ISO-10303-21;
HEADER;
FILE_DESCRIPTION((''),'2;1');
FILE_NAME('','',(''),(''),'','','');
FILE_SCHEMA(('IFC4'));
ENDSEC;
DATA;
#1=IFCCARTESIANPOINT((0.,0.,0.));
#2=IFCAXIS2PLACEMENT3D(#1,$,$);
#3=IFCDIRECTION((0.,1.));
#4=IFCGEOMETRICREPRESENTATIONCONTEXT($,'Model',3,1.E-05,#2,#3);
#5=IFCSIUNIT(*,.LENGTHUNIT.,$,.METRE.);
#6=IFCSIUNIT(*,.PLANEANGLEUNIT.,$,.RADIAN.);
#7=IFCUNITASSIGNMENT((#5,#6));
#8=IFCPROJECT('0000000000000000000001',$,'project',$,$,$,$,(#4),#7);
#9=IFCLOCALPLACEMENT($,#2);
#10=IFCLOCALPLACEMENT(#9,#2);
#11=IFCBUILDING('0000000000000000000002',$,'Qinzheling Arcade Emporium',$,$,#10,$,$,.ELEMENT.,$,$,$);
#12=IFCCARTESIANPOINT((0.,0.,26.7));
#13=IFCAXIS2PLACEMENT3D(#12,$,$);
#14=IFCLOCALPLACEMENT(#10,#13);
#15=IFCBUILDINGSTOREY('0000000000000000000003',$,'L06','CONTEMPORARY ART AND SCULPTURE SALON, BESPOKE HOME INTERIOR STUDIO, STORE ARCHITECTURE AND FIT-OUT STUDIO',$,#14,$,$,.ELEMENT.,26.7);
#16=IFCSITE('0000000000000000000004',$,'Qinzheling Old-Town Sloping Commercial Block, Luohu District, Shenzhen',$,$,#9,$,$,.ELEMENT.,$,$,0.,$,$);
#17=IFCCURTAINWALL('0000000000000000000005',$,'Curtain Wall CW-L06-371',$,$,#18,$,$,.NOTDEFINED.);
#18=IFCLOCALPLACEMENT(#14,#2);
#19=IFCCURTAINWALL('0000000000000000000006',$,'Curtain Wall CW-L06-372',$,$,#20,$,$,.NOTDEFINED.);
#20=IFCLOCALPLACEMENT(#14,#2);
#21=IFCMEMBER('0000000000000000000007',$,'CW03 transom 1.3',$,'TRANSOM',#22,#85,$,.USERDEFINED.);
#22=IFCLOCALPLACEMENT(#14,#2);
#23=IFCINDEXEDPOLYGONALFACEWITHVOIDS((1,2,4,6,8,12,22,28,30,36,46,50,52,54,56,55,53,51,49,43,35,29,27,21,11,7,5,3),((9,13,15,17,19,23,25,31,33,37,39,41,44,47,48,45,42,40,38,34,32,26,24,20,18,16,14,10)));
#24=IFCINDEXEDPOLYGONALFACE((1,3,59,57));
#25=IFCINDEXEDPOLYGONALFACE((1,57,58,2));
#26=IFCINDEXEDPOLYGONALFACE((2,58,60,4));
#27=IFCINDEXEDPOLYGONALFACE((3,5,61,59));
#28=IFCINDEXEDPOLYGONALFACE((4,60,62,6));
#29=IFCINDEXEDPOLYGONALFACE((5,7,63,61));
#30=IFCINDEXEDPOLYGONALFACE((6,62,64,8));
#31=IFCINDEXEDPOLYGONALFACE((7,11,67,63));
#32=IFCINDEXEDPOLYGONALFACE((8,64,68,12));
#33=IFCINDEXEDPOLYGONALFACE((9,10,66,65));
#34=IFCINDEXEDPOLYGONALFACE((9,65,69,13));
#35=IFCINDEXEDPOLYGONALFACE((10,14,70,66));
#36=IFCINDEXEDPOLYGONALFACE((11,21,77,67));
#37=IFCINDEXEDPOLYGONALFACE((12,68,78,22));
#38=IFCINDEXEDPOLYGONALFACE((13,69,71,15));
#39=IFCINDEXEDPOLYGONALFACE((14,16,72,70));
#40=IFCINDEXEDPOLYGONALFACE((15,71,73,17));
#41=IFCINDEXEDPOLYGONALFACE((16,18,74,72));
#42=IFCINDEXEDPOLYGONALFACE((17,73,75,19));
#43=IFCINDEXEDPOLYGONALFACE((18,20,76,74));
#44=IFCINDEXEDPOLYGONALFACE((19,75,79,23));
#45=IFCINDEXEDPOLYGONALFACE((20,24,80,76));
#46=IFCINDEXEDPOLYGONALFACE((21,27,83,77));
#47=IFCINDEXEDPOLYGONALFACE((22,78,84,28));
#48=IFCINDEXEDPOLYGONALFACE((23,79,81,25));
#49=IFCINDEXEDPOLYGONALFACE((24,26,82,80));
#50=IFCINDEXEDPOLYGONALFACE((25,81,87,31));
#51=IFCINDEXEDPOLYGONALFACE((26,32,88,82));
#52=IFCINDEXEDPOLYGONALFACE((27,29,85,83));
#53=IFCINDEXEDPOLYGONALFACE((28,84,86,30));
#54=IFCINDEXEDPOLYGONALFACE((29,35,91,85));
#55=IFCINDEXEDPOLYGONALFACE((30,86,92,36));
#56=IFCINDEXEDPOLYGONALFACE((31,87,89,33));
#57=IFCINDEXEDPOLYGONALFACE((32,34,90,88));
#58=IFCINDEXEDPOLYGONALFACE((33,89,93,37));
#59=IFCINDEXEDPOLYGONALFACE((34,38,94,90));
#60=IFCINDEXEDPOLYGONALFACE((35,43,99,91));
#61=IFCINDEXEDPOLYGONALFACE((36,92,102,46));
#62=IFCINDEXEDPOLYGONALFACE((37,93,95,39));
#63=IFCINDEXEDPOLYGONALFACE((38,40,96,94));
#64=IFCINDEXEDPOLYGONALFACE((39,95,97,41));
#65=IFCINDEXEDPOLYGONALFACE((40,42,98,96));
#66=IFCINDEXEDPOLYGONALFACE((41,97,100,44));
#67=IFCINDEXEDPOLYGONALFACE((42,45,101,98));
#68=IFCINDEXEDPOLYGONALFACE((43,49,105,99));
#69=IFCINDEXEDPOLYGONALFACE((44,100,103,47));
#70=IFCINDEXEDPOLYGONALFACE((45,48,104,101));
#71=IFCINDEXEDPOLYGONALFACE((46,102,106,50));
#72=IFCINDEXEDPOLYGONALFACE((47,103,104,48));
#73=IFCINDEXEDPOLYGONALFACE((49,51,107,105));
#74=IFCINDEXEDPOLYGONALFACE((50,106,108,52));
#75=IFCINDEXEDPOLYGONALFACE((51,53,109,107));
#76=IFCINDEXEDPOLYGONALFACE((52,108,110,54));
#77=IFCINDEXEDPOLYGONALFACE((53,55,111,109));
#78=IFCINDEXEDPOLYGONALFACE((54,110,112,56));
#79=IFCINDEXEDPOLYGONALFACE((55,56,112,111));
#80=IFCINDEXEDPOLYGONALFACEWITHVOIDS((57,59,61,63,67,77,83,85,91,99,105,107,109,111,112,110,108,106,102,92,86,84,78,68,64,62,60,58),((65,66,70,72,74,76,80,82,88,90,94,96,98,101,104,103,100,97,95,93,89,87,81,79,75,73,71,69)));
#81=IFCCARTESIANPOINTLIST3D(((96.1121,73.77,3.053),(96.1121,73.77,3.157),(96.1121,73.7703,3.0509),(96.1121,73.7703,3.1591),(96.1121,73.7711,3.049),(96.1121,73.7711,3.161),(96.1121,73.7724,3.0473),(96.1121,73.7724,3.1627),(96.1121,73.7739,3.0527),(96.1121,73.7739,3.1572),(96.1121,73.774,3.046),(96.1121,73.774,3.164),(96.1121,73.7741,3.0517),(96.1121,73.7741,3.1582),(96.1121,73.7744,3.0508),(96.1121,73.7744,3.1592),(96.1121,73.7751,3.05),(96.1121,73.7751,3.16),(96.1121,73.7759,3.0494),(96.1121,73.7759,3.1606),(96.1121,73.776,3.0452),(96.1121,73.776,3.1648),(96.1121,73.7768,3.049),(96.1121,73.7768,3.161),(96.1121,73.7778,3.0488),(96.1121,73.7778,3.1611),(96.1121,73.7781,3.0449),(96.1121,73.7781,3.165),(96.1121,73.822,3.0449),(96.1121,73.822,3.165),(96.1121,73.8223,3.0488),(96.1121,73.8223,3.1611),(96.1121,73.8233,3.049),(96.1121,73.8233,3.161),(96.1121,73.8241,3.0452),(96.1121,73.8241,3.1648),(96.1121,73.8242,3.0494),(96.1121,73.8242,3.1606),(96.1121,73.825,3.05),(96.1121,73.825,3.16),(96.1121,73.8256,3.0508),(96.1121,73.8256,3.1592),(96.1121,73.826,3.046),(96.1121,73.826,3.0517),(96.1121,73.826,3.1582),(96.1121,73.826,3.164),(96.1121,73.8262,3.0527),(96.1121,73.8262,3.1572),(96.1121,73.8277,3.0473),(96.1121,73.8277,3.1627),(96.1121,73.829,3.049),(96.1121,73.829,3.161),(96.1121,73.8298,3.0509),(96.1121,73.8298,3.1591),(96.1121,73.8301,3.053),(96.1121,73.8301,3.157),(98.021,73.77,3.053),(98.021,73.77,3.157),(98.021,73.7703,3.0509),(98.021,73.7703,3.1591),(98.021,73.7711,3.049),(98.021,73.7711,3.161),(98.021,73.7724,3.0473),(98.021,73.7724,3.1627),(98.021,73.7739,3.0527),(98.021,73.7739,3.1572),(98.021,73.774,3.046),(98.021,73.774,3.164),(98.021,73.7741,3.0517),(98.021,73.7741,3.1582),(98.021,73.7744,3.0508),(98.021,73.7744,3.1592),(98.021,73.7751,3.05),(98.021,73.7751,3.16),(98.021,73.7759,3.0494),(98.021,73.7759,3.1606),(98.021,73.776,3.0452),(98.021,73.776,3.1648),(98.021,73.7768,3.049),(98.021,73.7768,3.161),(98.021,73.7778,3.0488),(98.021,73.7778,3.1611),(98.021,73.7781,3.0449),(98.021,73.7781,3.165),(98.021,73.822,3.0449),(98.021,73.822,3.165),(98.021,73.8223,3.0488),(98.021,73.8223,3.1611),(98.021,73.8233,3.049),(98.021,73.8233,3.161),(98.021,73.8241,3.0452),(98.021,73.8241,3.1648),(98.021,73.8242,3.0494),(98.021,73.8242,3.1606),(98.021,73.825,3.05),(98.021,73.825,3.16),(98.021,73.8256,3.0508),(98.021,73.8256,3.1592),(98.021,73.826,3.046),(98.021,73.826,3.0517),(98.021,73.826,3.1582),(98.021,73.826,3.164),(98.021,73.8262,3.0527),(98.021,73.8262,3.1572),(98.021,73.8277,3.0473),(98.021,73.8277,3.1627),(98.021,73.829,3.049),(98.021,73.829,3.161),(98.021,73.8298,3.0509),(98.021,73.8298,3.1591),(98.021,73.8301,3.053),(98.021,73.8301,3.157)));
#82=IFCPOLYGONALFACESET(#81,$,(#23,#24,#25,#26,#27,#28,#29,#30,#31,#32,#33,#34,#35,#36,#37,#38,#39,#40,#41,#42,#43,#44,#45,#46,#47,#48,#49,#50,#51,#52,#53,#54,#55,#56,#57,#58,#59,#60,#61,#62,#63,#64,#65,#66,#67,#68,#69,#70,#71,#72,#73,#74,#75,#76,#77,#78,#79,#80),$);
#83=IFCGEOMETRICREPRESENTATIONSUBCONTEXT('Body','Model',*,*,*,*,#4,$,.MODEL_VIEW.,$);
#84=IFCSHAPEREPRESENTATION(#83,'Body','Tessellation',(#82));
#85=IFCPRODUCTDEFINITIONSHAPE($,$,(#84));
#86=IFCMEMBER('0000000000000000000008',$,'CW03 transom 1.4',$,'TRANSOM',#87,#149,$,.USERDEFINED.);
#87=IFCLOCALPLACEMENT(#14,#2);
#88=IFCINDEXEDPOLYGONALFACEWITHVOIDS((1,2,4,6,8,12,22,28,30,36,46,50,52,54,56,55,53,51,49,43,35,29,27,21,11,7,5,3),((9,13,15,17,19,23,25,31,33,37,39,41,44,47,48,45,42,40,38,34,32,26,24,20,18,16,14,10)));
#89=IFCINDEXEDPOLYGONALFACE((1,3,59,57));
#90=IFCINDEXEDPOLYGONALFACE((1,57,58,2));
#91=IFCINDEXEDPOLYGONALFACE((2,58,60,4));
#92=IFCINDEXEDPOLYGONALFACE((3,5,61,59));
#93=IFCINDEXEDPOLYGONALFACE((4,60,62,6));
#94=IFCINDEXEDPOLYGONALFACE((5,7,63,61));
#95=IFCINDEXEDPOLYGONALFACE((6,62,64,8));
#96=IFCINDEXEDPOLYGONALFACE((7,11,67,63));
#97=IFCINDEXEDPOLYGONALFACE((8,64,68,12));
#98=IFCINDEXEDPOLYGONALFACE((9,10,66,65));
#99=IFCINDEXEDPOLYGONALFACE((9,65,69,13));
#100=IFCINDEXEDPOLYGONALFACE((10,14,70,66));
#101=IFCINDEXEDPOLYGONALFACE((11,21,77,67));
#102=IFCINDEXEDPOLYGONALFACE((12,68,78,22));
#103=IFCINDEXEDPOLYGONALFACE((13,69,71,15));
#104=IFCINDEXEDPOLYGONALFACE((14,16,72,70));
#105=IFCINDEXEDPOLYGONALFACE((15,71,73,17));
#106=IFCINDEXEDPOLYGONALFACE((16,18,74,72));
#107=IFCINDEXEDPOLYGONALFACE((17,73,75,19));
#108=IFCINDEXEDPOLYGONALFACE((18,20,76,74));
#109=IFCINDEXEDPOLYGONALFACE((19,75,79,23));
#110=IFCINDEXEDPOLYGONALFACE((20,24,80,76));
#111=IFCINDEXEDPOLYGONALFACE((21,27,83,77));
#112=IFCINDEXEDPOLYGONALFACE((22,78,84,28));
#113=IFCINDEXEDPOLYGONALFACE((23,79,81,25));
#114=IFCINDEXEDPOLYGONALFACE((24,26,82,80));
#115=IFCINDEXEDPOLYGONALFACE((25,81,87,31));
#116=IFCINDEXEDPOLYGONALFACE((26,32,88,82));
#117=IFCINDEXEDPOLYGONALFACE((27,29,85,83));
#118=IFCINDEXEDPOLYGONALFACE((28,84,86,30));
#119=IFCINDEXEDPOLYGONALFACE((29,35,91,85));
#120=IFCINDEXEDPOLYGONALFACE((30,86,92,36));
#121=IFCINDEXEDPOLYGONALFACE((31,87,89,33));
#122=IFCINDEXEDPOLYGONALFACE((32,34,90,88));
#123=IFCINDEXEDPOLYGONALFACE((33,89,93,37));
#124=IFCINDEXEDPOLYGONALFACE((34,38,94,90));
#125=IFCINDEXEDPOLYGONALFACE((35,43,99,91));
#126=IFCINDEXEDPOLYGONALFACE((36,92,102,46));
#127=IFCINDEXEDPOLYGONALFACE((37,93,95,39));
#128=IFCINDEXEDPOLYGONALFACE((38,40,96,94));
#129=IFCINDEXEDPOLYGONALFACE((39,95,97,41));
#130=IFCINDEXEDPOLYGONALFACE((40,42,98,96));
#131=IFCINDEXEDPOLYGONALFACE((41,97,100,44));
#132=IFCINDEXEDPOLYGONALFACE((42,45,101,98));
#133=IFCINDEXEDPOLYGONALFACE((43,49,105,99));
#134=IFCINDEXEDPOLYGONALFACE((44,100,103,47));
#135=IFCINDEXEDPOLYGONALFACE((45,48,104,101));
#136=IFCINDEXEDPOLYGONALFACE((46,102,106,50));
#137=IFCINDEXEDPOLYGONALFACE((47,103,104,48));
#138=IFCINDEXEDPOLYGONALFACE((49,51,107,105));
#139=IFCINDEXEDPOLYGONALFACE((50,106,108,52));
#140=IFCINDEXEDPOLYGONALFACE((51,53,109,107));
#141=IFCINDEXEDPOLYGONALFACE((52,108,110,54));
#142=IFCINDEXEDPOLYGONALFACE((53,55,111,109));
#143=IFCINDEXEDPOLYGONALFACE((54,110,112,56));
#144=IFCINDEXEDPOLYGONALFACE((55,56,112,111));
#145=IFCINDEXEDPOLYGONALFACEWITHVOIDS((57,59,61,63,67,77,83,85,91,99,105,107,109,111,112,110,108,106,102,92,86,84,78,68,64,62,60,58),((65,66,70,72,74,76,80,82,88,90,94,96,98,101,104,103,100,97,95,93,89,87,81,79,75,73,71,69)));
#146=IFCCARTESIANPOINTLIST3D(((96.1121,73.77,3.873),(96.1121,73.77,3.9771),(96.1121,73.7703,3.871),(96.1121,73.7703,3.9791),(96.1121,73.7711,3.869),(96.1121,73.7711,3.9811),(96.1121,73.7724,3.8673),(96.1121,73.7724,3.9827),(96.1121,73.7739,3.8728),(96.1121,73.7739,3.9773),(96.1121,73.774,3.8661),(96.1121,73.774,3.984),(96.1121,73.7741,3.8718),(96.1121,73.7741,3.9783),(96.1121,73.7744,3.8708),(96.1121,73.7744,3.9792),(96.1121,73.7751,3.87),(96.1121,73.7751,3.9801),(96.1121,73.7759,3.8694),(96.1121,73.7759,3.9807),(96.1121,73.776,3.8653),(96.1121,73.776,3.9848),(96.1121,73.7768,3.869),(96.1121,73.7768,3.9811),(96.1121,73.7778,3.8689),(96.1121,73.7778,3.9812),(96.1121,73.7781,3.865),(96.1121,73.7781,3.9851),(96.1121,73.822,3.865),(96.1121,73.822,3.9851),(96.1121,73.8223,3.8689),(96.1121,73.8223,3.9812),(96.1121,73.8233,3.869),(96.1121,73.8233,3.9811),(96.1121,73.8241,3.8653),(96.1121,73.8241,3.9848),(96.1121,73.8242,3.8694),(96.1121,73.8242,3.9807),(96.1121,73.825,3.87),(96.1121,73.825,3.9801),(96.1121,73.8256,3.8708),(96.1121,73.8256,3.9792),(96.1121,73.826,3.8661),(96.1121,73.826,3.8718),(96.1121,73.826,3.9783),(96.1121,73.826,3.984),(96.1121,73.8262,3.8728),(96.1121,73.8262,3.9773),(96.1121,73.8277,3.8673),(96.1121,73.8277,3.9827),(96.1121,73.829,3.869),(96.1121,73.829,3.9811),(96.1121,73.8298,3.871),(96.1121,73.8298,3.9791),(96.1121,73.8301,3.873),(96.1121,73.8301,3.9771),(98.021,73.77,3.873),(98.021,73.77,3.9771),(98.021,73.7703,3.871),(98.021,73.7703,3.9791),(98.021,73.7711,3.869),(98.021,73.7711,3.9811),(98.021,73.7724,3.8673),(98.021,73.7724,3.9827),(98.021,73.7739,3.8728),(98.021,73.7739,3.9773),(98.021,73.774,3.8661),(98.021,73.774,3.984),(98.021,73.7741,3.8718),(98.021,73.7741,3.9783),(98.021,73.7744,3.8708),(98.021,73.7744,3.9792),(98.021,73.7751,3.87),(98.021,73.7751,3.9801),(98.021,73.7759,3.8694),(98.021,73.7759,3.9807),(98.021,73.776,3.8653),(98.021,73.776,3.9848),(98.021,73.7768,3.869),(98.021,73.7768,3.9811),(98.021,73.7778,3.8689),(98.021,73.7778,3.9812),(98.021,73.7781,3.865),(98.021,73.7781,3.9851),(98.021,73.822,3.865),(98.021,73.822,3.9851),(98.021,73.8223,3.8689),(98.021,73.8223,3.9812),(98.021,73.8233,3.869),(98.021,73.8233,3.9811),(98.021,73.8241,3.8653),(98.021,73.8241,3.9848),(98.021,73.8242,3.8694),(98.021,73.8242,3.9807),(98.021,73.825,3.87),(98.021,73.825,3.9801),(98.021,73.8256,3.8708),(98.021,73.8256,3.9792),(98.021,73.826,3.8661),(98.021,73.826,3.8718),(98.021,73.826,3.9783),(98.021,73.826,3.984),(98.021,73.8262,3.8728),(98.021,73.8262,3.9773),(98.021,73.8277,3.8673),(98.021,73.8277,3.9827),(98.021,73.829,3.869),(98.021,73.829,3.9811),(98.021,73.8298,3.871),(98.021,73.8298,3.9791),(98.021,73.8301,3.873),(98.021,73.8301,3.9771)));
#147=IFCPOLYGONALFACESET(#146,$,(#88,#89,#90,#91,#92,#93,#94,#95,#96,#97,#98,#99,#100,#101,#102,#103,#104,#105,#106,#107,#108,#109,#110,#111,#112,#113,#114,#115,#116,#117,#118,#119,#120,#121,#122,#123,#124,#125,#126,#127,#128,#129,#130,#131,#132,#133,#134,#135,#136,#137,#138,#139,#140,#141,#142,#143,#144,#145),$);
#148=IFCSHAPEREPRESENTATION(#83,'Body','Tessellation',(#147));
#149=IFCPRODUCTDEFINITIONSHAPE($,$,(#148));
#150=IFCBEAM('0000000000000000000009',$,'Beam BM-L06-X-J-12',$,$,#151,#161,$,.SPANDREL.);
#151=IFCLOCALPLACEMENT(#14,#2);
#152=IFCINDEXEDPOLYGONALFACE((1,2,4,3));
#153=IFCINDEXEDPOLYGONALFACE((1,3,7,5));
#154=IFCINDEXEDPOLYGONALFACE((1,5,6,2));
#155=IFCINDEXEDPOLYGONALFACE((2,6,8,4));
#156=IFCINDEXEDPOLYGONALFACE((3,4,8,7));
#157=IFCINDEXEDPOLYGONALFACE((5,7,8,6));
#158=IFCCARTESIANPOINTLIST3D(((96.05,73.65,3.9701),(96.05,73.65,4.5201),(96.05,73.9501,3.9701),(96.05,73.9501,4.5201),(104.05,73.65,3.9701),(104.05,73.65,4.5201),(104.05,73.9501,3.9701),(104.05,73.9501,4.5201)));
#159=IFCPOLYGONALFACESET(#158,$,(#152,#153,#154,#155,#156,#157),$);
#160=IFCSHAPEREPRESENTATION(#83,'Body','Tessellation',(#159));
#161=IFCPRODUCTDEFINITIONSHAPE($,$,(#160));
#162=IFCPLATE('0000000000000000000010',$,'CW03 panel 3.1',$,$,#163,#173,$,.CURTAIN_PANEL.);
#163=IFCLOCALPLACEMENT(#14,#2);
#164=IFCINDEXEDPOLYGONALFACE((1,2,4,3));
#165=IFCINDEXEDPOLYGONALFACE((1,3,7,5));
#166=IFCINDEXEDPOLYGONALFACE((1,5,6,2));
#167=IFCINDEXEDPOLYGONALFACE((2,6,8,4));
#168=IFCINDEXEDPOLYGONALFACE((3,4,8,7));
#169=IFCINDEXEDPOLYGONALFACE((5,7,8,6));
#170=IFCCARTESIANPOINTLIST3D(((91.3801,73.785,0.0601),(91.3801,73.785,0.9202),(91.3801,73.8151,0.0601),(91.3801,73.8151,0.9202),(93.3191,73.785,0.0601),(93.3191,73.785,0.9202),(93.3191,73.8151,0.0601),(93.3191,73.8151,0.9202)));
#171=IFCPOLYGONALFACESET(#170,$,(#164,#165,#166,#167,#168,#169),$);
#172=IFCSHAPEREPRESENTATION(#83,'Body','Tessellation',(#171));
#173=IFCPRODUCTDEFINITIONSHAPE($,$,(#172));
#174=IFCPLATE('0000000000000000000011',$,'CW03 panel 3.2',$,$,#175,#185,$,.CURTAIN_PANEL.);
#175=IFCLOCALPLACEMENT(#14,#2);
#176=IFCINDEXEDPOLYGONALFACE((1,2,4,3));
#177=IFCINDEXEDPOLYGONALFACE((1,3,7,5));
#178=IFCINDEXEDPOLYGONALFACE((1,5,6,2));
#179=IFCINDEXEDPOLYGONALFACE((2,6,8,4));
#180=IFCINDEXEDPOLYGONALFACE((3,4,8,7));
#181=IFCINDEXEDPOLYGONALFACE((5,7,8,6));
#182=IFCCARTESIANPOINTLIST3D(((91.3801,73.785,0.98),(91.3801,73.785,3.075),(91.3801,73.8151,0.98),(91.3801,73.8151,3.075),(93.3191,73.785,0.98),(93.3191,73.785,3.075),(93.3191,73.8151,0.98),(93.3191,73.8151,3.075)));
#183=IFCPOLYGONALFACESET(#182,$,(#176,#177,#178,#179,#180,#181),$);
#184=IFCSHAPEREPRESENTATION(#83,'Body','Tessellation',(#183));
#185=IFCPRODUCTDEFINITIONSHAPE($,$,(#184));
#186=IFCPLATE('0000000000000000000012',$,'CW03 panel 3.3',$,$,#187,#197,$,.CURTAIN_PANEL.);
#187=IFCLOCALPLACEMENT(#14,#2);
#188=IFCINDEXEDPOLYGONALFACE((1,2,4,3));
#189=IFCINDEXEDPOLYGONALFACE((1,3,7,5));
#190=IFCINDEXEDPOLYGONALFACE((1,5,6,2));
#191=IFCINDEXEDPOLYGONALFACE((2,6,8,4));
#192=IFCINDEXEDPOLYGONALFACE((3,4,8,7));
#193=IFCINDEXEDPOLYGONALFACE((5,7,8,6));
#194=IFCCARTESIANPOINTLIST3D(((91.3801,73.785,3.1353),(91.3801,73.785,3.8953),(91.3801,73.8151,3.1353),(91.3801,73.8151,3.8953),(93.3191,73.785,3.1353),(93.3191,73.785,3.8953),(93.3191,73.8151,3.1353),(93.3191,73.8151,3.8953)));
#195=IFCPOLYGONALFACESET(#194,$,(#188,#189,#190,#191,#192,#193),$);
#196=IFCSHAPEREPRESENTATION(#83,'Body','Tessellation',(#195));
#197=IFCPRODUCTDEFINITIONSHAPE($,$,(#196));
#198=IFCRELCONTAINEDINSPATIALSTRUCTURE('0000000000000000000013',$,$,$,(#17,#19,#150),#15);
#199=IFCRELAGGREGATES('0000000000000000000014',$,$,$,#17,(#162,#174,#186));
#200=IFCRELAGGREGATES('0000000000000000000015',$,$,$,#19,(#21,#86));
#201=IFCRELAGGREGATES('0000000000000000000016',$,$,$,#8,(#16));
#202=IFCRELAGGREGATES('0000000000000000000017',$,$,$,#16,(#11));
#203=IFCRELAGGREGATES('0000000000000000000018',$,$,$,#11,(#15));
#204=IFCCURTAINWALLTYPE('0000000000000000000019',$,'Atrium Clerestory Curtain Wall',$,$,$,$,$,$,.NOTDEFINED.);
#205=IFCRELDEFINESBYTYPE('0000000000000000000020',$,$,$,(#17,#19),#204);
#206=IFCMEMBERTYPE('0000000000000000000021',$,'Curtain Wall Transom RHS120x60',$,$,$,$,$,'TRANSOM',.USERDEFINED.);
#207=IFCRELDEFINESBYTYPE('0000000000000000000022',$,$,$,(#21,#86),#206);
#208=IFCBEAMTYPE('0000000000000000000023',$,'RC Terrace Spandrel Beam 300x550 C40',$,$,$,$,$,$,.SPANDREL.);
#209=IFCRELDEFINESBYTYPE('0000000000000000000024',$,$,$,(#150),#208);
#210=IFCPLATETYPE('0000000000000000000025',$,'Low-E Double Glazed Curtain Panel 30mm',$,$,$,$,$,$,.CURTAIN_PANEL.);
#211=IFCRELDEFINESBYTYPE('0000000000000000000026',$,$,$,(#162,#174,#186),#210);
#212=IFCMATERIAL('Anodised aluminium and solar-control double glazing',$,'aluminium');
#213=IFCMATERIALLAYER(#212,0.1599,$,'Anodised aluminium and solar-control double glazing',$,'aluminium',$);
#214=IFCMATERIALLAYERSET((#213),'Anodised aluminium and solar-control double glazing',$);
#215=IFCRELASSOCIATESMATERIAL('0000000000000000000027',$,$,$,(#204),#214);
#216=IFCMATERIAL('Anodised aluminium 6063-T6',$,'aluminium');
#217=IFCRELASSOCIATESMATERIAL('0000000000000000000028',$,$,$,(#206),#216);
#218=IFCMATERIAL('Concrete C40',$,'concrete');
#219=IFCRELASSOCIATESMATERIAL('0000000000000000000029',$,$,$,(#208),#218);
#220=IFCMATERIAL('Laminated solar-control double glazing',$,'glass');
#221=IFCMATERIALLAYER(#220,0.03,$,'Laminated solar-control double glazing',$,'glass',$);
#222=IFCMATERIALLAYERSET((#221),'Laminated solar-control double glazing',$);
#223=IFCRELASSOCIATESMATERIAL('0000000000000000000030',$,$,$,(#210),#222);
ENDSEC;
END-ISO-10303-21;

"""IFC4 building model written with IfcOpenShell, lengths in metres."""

from ifc_helpers import new_model, si_unit, direction, frame, origin, origin_2d, place, context, subcontext, project, spatial, rectangle, hollow_rectangle, extrude, material, layer, layer_set, material_profile, profile_set, type_object, element, aggregate, save


model = new_model("IFC4")

# Units and contexts
model_context = context("Model", 3, precision=1e-05, world=origin(), true_north=direction((0.0, 1.0)))
body_context = subcontext(model_context, "Body", "Model", "MODEL_VIEW")
ifc_project = project(units=[si_unit("LENGTHUNIT", "METRE"), si_unit("PLANEANGLEUNIT", "RADIAN")], contexts=[model_context])

# Site, building, storey
site_placement = place(None, origin())
site = spatial("IfcSite", under=ifc_project, at=site_placement, Name="Qinzheling Old-Town Sloping Commercial Block, Luohu District, Shenzhen", CompositionType="ELEMENT", RefElevation=0.0)
building_placement = place(site_placement, origin())
building = spatial("IfcBuilding", under=site, at=building_placement, Name="Qinzheling Arcade Emporium", CompositionType="ELEMENT")
storey_placement = place(building_placement, frame((0.0, 0.0, 26.7)))
storey = spatial("IfcBuildingStorey", under=building, at=storey_placement, Name="L06", Description="CONTEMPORARY ART AND SCULPTURE SALON, BESPOKE HOME INTERIOR STUDIO, STORE ARCHITECTURE AND FIT-OUT STUDIO", CompositionType="ELEMENT", Elevation=26.7)

# Shared definitions
ifc_material_1 = material(Name="Concrete C40", Category="concrete")

# Curtain walls
ifc_material_2 = material(Name="Anodised aluminium and solar-control double glazing", Category="aluminium")
ifc_layer_1 = layer(ifc_material_2, 0.1599, Name="Anodised aluminium and solar-control double glazing", Category="aluminium")
ifc_layer_set_1 = layer_set([ifc_layer_1], Name="Anodised aluminium and solar-control double glazing")
curtain_wall_type = type_object("IfcCurtainWallType", Name="Atrium Clerestory Curtain Wall", PredefinedType="NOTDEFINED", material=ifc_layer_set_1)
curtain_wall_1_placement = place(storey_placement, origin())
curtain_wall_1 = element("IfcCurtainWall", 1, at=curtain_wall_1_placement, inside=storey, type_object=curtain_wall_type, Name="Curtain Wall CW-L06-371", PredefinedType="NOTDEFINED")
ifc_material_3 = material(Name="Anodised aluminium 6063-T6", Category="aluminium")
curtain_wall_2_placement = place(storey_placement, origin())
curtain_wall_2 = element("IfcCurtainWall", 2, at=curtain_wall_2_placement, inside=storey, type_object=curtain_wall_type, Name="Curtain Wall CW-L06-372", PredefinedType="NOTDEFINED")

# Members
ifc_material_profile_1 = material_profile(ifc_material_3, hollow_rectangle(XDim=0.0601, YDim=0.1201, WallThickness=0.0039, InnerFilletRadius=0.0039, OuterFilletRadius=0.0081, at=origin_2d()), Name="RHS 120x60x4", Category="aluminium")
ifc_profile_set_1 = profile_set([ifc_material_profile_1], Name="Anodised aluminium 6063-T6")
member_type_1 = type_object("IfcMemberType", Name="Curtain Wall Transom RHS120x60", ElementType="TRANSOM", PredefinedType="USERDEFINED", material=ifc_profile_set_1)
member_1_placement = place(storey_placement, frame((96.1121, 73.8, 3.105), z_axis=(1.0, 0.0, 0.0), x_axis=(0.0, 1.0, 0.0)))
member_1 = element("IfcMember", 3, at=member_1_placement, type_object=member_type_1, Name="CW03 transom 1.3", ObjectType="TRANSOM", PredefinedType="USERDEFINED", context=body_context, shape_type="SweptSolid", body=[
    extrude(hollow_rectangle(XDim=0.0601, YDim=0.1201, WallThickness=0.0039, InnerFilletRadius=0.0039, OuterFilletRadius=0.0081, at=origin_2d()), origin(), (0.0, 0.0, 1.0), 1.9089),
])
member_2_placement = place(storey_placement, frame((96.1121, 73.8, 3.925), z_axis=(1.0, 0.0, 0.0), x_axis=(0.0, 1.0, 0.0)))
member_2 = element("IfcMember", 4, at=member_2_placement, type_object=member_type_1, Name="CW03 transom 1.4", ObjectType="TRANSOM", PredefinedType="USERDEFINED", context=body_context, shape_type="SweptSolid", body=[
    extrude(hollow_rectangle(XDim=0.0601, YDim=0.1201, WallThickness=0.0039, InnerFilletRadius=0.0039, OuterFilletRadius=0.0081, at=origin_2d()), origin(), (0.0, 0.0, 1.0), 1.9089),
])

# Beam
ifc_material_profile_2 = material_profile(ifc_material_1, rectangle(XDim=0.3, YDim=0.55, at=origin_2d()), Name="RC 300x550", Category="concrete")
ifc_profile_set_2 = profile_set([ifc_material_profile_2], Name="Concrete C40")
beam_type = type_object("IfcBeamType", Name="RC Terrace Spandrel Beam 300x550 C40", PredefinedType="SPANDREL", material=ifc_profile_set_2)
beam_placement = place(storey_placement, frame((96.05, 73.8, 4.2451), z_axis=(1.0, 0.0, 0.0), x_axis=(0.0, 1.0, 0.0)))
element("IfcBeam", 5, at=beam_placement, inside=storey, type_object=beam_type, Name="Beam BM-L06-X-J-12", PredefinedType="SPANDREL", context=body_context, shape_type="SweptSolid", body=[
    extrude(rectangle(XDim=0.3, YDim=0.55, at=origin_2d()), origin(), (0.0, 0.0, 1.0), 8.0),
])

# Plates
ifc_material_4 = material(Name="Laminated solar-control double glazing", Category="glass")
ifc_layer_2 = layer(ifc_material_4, 0.03, Name="Laminated solar-control double glazing", Category="glass")
ifc_layer_set_2 = layer_set([ifc_layer_2], Name="Laminated solar-control double glazing")
plate_type_1 = type_object("IfcPlateType", Name="Low-E Double Glazed Curtain Panel 30mm", PredefinedType="CURTAIN_PANEL", material=ifc_layer_set_2)
plate_1_placement = place(storey_placement, frame((92.3496, 73.8, 0.0601), z_axis=(0.0, 0.0, 1.0), x_axis=(1.0, 0.0, 0.0)))
plate_1 = element("IfcPlate", 6, at=plate_1_placement, type_object=plate_type_1, Name="CW03 panel 3.1", PredefinedType="CURTAIN_PANEL", context=body_context, shape_type="SweptSolid", body=[
    extrude(rectangle(XDim=1.939, YDim=0.03, at=origin_2d()), origin(), (0.0, 0.0, 1.0), 0.8601),
])
plate_2_placement = place(storey_placement, frame((92.3496, 73.8, 0.98), z_axis=(0.0, 0.0, 1.0), x_axis=(1.0, 0.0, 0.0)))
plate_2 = element("IfcPlate", 7, at=plate_2_placement, type_object=plate_type_1, Name="CW03 panel 3.2", PredefinedType="CURTAIN_PANEL", context=body_context, shape_type="SweptSolid", body=[
    extrude(rectangle(XDim=1.939, YDim=0.03, at=origin_2d()), origin(), (0.0, 0.0, 1.0), 2.095),
])
plate_3_placement = place(storey_placement, frame((92.3496, 73.8, 3.1353), z_axis=(0.0, 0.0, 1.0), x_axis=(1.0, 0.0, 0.0)))
plate_3 = element("IfcPlate", 8, at=plate_3_placement, type_object=plate_type_1, Name="CW03 panel 3.3", PredefinedType="CURTAIN_PANEL", context=body_context, shape_type="SweptSolid", body=[
    extrude(rectangle(XDim=1.939, YDim=0.03, at=origin_2d()), origin(), (0.0, 0.0, 1.0), 0.76),
])
aggregate(curtain_wall_1, [plate_1, plate_2, plate_3])
aggregate(curtain_wall_2, [member_1, member_2])

save(model, "model.ifc")
